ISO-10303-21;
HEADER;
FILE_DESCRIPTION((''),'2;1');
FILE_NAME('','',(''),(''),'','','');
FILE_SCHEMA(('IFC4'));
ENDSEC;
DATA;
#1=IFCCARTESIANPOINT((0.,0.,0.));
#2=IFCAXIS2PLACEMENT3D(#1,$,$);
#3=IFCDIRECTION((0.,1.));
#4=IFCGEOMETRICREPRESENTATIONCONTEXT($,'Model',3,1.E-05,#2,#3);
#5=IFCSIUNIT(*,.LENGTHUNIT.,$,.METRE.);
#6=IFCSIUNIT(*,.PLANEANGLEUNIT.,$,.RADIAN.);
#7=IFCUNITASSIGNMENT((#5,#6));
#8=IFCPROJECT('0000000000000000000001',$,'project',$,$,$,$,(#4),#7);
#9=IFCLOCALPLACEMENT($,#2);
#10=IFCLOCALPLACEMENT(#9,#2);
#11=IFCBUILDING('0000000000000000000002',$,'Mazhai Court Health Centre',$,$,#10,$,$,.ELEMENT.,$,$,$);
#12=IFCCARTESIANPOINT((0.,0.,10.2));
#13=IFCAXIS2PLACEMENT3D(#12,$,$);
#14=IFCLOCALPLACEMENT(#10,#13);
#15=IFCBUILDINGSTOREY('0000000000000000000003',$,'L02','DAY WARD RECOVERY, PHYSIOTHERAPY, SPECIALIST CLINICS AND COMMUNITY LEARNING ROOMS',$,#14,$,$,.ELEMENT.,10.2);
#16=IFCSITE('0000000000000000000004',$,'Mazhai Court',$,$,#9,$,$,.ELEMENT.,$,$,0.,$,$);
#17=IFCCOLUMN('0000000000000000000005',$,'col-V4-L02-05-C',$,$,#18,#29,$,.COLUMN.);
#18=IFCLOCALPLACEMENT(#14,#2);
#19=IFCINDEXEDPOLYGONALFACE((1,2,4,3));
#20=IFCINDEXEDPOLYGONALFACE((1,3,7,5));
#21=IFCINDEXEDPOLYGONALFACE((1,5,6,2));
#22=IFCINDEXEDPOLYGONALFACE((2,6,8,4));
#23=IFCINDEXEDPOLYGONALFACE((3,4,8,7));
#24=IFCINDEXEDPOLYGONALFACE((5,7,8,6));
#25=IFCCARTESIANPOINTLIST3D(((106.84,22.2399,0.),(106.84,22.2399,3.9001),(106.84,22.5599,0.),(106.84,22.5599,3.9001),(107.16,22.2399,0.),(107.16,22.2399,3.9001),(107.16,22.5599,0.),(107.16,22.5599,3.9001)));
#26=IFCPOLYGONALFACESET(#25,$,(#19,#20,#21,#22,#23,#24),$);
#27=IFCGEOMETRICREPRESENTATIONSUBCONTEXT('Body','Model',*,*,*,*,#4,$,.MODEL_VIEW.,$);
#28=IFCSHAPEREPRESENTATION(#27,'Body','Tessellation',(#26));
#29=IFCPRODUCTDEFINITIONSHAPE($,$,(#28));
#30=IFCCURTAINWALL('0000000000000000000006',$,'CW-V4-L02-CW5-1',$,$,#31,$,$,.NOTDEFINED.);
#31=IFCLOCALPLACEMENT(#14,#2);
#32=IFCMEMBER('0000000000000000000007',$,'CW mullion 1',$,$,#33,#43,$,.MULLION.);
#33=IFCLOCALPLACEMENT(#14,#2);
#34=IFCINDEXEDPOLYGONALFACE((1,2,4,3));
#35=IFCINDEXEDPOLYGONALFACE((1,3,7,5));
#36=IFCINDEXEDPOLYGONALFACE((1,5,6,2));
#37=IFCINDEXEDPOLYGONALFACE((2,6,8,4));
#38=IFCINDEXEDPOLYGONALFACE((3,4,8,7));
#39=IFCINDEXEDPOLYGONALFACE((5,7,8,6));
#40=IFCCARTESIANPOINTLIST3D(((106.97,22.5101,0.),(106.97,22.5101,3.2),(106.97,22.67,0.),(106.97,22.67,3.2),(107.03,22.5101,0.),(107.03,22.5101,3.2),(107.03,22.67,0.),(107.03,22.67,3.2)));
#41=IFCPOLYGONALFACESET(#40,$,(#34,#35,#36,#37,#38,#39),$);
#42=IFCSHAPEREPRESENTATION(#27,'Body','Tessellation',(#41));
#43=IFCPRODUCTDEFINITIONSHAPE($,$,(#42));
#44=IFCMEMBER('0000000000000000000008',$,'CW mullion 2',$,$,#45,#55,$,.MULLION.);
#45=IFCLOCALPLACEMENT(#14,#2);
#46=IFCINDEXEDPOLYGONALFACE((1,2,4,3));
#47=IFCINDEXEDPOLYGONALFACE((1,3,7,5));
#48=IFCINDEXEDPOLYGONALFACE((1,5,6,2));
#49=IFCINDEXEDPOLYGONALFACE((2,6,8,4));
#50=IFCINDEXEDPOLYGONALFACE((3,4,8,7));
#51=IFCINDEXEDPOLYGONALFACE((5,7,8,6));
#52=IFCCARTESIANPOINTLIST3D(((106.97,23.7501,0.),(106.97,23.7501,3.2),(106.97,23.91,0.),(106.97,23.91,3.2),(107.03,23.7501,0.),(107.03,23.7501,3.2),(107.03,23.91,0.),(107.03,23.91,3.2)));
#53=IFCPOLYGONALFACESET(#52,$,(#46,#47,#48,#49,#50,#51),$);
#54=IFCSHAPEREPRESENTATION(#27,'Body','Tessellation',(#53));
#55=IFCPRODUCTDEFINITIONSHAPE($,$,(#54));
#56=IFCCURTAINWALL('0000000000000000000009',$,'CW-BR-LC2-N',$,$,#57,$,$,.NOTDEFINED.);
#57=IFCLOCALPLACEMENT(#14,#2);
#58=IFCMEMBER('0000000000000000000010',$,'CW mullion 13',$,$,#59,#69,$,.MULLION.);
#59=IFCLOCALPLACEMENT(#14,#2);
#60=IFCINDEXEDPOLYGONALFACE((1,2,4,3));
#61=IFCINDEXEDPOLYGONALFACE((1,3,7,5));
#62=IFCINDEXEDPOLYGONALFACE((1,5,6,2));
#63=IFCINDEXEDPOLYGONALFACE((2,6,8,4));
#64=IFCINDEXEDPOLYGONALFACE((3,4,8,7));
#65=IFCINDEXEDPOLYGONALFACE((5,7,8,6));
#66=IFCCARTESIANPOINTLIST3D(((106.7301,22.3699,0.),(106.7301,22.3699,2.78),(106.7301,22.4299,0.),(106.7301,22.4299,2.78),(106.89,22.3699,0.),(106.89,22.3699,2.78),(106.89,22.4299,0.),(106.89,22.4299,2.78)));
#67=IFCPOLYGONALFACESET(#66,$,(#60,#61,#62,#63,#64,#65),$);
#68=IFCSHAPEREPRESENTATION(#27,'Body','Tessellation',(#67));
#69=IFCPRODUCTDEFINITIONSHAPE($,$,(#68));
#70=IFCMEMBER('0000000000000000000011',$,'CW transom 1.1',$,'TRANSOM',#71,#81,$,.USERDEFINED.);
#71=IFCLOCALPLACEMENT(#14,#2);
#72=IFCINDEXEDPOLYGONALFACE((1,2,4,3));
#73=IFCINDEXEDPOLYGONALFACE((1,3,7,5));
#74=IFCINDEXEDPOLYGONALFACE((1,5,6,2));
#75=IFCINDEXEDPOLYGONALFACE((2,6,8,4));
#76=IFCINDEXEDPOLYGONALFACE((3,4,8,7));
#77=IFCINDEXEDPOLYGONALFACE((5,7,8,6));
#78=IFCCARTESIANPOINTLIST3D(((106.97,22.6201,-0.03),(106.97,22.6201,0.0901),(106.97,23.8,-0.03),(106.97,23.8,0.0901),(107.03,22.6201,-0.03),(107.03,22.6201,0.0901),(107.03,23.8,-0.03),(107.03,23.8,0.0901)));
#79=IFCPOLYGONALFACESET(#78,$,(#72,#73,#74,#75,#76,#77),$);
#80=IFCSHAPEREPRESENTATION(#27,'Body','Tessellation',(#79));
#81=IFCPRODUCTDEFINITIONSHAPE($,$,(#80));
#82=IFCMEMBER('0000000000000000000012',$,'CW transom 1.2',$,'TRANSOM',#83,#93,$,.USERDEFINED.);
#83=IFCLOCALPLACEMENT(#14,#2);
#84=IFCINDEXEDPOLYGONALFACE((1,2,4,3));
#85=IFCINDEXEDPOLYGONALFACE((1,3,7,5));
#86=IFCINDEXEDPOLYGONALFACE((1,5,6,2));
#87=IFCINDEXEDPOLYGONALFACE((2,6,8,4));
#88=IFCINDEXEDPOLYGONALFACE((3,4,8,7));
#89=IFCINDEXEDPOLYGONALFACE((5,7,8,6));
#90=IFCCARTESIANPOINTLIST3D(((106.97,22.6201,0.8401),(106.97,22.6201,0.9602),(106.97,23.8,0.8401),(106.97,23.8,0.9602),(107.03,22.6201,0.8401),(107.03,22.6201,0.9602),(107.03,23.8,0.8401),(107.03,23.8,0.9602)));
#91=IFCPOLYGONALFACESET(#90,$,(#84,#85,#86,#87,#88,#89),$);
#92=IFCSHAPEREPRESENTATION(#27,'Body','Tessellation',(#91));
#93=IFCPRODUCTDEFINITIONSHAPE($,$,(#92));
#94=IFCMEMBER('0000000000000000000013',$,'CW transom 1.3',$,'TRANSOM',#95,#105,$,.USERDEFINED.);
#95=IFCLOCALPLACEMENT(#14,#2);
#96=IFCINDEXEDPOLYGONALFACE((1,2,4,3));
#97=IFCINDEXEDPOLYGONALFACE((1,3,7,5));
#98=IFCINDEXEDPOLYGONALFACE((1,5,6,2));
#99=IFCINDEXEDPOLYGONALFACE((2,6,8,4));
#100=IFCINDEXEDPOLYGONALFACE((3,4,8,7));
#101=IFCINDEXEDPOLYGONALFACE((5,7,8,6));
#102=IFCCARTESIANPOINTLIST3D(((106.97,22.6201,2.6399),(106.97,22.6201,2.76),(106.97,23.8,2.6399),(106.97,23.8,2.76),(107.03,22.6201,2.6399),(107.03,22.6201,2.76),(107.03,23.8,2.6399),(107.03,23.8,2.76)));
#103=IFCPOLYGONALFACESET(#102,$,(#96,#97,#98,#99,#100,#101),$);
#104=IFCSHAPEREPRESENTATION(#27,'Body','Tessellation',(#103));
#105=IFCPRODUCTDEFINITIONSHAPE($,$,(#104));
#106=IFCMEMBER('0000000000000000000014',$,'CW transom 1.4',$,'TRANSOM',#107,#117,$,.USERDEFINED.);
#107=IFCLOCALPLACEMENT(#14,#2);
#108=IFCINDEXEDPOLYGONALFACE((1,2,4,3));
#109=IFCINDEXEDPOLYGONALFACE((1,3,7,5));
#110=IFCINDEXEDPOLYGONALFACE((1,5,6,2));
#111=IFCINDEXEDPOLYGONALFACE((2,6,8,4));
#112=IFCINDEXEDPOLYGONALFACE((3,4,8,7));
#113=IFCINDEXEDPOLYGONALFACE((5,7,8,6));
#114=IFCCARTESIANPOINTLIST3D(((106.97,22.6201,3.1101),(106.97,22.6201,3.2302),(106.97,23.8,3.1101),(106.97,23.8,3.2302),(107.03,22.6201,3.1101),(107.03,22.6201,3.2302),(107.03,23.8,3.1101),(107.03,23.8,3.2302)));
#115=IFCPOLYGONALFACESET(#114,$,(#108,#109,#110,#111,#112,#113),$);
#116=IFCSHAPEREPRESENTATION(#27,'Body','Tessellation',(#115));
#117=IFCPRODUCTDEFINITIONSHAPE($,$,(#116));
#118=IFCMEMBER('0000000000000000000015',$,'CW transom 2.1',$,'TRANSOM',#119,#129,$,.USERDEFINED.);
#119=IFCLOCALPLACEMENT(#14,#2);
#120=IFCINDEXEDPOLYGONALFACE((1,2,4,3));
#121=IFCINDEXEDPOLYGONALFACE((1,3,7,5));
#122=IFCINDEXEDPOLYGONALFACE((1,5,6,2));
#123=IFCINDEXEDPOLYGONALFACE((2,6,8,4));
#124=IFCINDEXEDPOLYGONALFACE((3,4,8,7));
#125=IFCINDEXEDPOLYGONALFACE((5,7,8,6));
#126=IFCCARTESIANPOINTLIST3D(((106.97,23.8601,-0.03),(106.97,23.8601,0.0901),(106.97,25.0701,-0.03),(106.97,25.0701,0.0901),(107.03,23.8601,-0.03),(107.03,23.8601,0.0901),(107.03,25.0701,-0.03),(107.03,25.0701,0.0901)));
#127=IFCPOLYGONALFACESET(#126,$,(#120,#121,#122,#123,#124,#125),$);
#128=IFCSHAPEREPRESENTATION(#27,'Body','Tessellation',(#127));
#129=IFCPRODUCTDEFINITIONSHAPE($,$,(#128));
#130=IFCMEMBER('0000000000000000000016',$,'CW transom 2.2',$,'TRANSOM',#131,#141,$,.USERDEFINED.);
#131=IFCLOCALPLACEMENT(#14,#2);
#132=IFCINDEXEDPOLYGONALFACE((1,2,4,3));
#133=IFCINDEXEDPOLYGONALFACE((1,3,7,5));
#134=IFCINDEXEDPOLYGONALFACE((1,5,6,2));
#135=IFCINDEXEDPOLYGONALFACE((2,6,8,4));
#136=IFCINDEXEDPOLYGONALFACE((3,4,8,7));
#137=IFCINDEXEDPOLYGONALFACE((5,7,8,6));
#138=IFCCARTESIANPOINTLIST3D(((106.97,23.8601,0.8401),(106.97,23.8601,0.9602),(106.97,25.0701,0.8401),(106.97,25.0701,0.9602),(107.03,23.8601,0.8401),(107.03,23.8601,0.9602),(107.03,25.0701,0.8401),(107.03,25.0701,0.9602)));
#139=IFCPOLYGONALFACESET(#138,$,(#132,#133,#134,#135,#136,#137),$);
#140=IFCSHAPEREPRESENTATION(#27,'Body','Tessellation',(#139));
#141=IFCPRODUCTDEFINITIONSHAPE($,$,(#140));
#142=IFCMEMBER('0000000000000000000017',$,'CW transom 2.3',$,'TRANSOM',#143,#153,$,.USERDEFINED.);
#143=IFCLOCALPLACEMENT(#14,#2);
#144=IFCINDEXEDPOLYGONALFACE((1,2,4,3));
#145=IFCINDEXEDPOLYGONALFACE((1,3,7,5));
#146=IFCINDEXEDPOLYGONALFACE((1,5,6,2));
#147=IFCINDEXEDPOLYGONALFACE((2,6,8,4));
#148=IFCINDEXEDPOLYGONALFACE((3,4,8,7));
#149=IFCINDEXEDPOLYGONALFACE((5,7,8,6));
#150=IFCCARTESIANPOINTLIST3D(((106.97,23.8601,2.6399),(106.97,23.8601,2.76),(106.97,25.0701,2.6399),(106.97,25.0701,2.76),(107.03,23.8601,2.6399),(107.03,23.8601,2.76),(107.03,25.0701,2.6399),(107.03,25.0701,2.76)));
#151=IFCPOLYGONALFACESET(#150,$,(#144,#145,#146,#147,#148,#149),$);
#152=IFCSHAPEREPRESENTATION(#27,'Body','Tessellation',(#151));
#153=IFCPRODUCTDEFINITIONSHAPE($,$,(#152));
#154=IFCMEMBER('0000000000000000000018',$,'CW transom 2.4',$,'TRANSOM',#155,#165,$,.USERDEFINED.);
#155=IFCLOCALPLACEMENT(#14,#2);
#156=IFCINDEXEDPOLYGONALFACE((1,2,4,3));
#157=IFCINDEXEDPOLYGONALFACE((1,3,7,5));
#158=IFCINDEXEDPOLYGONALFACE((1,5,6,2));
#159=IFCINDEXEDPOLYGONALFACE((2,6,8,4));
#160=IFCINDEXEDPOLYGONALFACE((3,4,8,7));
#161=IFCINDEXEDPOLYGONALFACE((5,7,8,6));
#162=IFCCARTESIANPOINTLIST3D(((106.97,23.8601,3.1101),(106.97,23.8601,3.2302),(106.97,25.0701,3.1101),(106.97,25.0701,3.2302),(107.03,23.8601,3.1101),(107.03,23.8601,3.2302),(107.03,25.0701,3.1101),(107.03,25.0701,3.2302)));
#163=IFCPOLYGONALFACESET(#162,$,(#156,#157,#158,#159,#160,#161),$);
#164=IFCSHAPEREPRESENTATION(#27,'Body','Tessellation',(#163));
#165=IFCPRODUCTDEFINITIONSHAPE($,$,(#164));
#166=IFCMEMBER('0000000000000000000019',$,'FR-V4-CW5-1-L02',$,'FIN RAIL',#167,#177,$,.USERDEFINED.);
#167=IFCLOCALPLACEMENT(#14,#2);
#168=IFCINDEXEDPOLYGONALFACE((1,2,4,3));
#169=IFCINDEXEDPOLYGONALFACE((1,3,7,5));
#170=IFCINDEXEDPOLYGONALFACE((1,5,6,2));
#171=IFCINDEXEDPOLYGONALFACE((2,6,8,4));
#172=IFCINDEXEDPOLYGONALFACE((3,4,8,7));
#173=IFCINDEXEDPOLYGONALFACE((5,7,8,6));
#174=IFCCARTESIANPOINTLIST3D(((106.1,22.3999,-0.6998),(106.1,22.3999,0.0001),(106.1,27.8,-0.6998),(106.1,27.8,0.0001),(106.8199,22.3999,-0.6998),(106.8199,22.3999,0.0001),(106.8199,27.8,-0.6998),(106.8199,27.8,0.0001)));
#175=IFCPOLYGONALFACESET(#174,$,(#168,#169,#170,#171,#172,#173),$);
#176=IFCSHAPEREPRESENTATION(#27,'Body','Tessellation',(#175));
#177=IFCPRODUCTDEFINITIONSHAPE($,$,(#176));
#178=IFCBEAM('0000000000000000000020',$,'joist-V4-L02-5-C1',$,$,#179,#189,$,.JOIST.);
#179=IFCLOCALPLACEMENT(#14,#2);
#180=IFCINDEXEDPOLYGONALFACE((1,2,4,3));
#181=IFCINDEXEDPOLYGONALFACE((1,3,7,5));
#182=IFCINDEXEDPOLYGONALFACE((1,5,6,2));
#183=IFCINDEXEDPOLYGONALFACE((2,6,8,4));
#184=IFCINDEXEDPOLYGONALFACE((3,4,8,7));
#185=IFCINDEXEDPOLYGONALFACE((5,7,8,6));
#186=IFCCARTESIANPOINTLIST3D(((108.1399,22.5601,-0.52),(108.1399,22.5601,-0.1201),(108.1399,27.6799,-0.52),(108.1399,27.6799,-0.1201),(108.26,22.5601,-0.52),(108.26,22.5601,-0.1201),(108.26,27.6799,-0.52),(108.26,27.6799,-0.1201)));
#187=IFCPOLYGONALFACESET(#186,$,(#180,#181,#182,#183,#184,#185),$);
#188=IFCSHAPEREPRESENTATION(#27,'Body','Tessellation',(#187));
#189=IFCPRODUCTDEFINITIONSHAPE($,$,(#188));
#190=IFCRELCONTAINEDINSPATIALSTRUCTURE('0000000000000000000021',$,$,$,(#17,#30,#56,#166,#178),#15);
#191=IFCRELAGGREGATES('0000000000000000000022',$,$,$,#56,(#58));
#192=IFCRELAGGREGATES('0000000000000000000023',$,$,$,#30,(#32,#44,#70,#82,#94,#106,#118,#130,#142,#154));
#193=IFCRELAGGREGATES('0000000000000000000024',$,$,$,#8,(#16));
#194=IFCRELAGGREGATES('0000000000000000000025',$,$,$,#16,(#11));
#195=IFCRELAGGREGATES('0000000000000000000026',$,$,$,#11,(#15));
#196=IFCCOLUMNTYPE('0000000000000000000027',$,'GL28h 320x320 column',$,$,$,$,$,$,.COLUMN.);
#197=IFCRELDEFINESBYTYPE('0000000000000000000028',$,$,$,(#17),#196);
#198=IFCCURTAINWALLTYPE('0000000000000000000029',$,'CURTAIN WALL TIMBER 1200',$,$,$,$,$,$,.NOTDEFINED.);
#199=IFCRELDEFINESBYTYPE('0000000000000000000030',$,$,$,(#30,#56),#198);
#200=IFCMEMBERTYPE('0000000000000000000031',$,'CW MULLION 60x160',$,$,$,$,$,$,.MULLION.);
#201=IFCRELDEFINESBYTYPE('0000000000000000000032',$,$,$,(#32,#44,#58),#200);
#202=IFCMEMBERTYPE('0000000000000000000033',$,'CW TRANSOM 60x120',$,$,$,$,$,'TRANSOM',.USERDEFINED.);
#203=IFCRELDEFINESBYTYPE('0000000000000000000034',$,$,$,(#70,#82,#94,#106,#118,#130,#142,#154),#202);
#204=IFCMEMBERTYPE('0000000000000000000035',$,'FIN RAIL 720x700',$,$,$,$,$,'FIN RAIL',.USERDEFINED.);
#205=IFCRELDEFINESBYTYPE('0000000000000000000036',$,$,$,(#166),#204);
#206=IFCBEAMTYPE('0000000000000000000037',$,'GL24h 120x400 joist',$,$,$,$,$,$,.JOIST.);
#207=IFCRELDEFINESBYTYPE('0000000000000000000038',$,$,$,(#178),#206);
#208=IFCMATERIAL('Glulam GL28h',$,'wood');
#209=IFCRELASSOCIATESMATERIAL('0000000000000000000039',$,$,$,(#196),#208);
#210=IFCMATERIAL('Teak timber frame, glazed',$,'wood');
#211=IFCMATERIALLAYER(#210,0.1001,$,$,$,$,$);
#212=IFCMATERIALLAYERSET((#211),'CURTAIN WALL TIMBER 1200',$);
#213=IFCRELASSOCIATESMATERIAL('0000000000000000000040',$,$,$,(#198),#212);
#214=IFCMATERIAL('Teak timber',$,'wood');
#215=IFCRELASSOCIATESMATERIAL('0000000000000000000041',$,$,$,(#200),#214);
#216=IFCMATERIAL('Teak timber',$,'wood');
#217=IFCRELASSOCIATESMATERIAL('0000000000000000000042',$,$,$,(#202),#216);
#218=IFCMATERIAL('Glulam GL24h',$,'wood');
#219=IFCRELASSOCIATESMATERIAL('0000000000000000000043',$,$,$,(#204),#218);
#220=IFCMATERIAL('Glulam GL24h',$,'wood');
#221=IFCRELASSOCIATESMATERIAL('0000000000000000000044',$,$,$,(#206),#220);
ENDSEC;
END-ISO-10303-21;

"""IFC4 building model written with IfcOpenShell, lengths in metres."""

from ifc_helpers import new_model, si_unit, direction, frame, origin, origin_2d, place, context, subcontext, project, spatial, rectangle, extrude, material, layer, layer_set, material_profile, profile_set, type_object, element, aggregate, save


model = new_model("IFC4")

# Units and contexts
model_context = context("Model", 3, precision=1e-05, world=origin(), true_north=direction((0.0, 1.0)))
body_context = subcontext(model_context, "Body", "Model", "MODEL_VIEW")
ifc_project = project(units=[si_unit("LENGTHUNIT", "METRE"), si_unit("PLANEANGLEUNIT", "RADIAN")], contexts=[model_context])

# Site, building, storey
site_placement = place(None, origin())
site = spatial("IfcSite", under=ifc_project, at=site_placement, Name="Mazhai Court", CompositionType="ELEMENT", RefElevation=0.0)
building_placement = place(site_placement, origin())
building = spatial("IfcBuilding", under=site, at=building_placement, Name="Mazhai Court Health Centre", CompositionType="ELEMENT")
storey_placement = place(building_placement, frame((0.0, 0.0, 10.2)))
storey = spatial("IfcBuildingStorey", under=building, at=storey_placement, Name="L02", Description="DAY WARD RECOVERY, PHYSIOTHERAPY, SPECIALIST CLINICS AND COMMUNITY LEARNING ROOMS", CompositionType="ELEMENT", Elevation=10.2)

# Column
ifc_material_1 = material(Name="Glulam GL28h", Category="wood")
ifc_material_profile_1 = material_profile(ifc_material_1, rectangle(XDim=0.3201, YDim=0.3201, at=origin_2d()), Name="GL28h 320x320")
ifc_profile_set_1 = profile_set([ifc_material_profile_1], Name="Glulam GL28h")
column_type = type_object("IfcColumnType", Name="GL28h 320x320 column", PredefinedType="COLUMN", material=ifc_profile_set_1)
column_placement = place(storey_placement, frame((107.0, 22.3999, 0.0), z_axis=(0.0, 0.0, 1.0), x_axis=(1.0, 0.0, 0.0)))
element("IfcColumn", 1, at=column_placement, inside=storey, type_object=column_type, Name="col-V4-L02-05-C", PredefinedType="COLUMN", context=body_context, shape_type="SweptSolid", body=[
    extrude(rectangle(XDim=0.3201, YDim=0.3201, at=origin_2d()), origin(), (0.0, 0.0, 1.0), 3.9001),
])

# Curtain wall, members
ifc_material_2 = material(Name="Teak timber frame, glazed", Category="wood")
ifc_layer_1 = layer(ifc_material_2, 0.1001)
ifc_layer_set_1 = layer_set([ifc_layer_1], Name="CURTAIN WALL TIMBER 1200")
curtain_wall_type = type_object("IfcCurtainWallType", Name="CURTAIN WALL TIMBER 1200", PredefinedType="NOTDEFINED", material=ifc_layer_set_1)
curtain_wall_1_placement = place(storey_placement, origin())
curtain_wall_1 = element("IfcCurtainWall", 2, at=curtain_wall_1_placement, inside=storey, type_object=curtain_wall_type, Name="CW-V4-L02-CW5-1", PredefinedType="NOTDEFINED")
ifc_material_3 = material(Name="Teak timber", Category="wood")
ifc_material_profile_2 = material_profile(ifc_material_3, rectangle(XDim=0.0601, YDim=0.1599, at=origin_2d()), Name="CW MULLION 60x160")
ifc_profile_set_2 = profile_set([ifc_material_profile_2], Name="Teak timber")
member_type_1 = type_object("IfcMemberType", Name="CW MULLION 60x160", PredefinedType="MULLION", material=ifc_profile_set_2)
member_1_placement = place(storey_placement, frame((107.0, 22.5901, 0.0), z_axis=(0.0, 0.0, 1.0), x_axis=(-1.0, 0.0, 0.0)))
member_1 = element("IfcMember", 3, at=member_1_placement, type_object=member_type_1, Name="CW mullion 1", PredefinedType="MULLION", context=body_context, shape_type="SweptSolid", body=[
    extrude(rectangle(XDim=0.0601, YDim=0.1599, at=origin_2d()), origin(), (0.0, 0.0, 1.0), 3.2),
])
member_2_placement = place(storey_placement, frame((107.0, 23.8301, 0.0), z_axis=(0.0, 0.0, 1.0), x_axis=(-1.0, 0.0, 0.0)))
member_2 = element("IfcMember", 4, at=member_2_placement, type_object=member_type_1, Name="CW mullion 2", PredefinedType="MULLION", context=body_context, shape_type="SweptSolid", body=[
    extrude(rectangle(XDim=0.0601, YDim=0.1599, at=origin_2d()), origin(), (0.0, 0.0, 1.0), 3.2),
])

# Curtain wall, member
curtain_wall_2_placement = place(storey_placement, origin())
curtain_wall_2 = element("IfcCurtainWall", 5, at=curtain_wall_2_placement, inside=storey, type_object=curtain_wall_type, Name="CW-BR-LC2-N", PredefinedType="NOTDEFINED")
member_3_placement = place(storey_placement, frame((106.8101, 22.3999, 0.0), z_axis=(0.0, 0.0, 1.0), x_axis=(0.0, 1.0, 0.0)))
member_3 = element("IfcMember", 6, at=member_3_placement, type_object=member_type_1, Name="CW mullion 13", PredefinedType="MULLION", context=body_context, shape_type="SweptSolid", body=[
    extrude(rectangle(XDim=0.0601, YDim=0.1599, at=origin_2d()), origin(), (0.0, 0.0, 1.0), 2.78),
])
aggregate(curtain_wall_2, [member_3])

# Members
ifc_material_4 = material(Name="Teak timber", Category="wood")
ifc_material_profile_3 = material_profile(ifc_material_4, rectangle(XDim=0.0601, YDim=0.1201, at=origin_2d()), Name="CW TRANSOM 60x120")
ifc_profile_set_3 = profile_set([ifc_material_profile_3], Name="Teak timber")
member_type_2 = type_object("IfcMemberType", Name="CW TRANSOM 60x120", ElementType="TRANSOM", PredefinedType="USERDEFINED", material=ifc_profile_set_3)
member_4_placement = place(storey_placement, frame((107.0, 22.6201, 0.03), z_axis=(0.0, 1.0, 0.0), x_axis=(-1.0, 0.0, 0.0)))
member_4 = element("IfcMember", 7, at=member_4_placement, type_object=member_type_2, Name="CW transom 1.1", ObjectType="TRANSOM", PredefinedType="USERDEFINED", context=body_context, shape_type="SweptSolid", body=[
    extrude(rectangle(XDim=0.0601, YDim=0.1201, at=origin_2d()), origin(), (0.0, 0.0, 1.0), 1.1799),
])
member_5_placement = place(storey_placement, frame((107.0, 22.6201, 0.9001), z_axis=(0.0, 1.0, 0.0), x_axis=(-1.0, 0.0, 0.0)))
member_5 = element("IfcMember", 8, at=member_5_placement, type_object=member_type_2, Name="CW transom 1.2", ObjectType="TRANSOM", PredefinedType="USERDEFINED", context=body_context, shape_type="SweptSolid", body=[
    extrude(rectangle(XDim=0.0601, YDim=0.1201, at=origin_2d()), origin(), (0.0, 0.0, 1.0), 1.1799),
])
member_6_placement = place(storey_placement, frame((107.0, 22.6201, 2.7), z_axis=(0.0, 1.0, 0.0), x_axis=(-1.0, 0.0, 0.0)))
member_6 = element("IfcMember", 9, at=member_6_placement, type_object=member_type_2, Name="CW transom 1.3", ObjectType="TRANSOM", PredefinedType="USERDEFINED", context=body_context, shape_type="SweptSolid", body=[
    extrude(rectangle(XDim=0.0601, YDim=0.1201, at=origin_2d()), origin(), (0.0, 0.0, 1.0), 1.1799),
])
member_7_placement = place(storey_placement, frame((107.0, 22.6201, 3.1702), z_axis=(0.0, 1.0, 0.0), x_axis=(-1.0, 0.0, 0.0)))
member_7 = element("IfcMember", 10, at=member_7_placement, type_object=member_type_2, Name="CW transom 1.4", ObjectType="TRANSOM", PredefinedType="USERDEFINED", context=body_context, shape_type="SweptSolid", body=[
    extrude(rectangle(XDim=0.0601, YDim=0.1201, at=origin_2d()), origin(), (0.0, 0.0, 1.0), 1.1799),
])
member_8_placement = place(storey_placement, frame((107.0, 23.8601, 0.03), z_axis=(0.0, 1.0, 0.0), x_axis=(-1.0, 0.0, 0.0)))
member_8 = element("IfcMember", 11, at=member_8_placement, type_object=member_type_2, Name="CW transom 2.1", ObjectType="TRANSOM", PredefinedType="USERDEFINED", context=body_context, shape_type="SweptSolid", body=[
    extrude(rectangle(XDim=0.0601, YDim=0.1201, at=origin_2d()), origin(), (0.0, 0.0, 1.0), 1.21),
])
member_9_placement = place(storey_placement, frame((107.0, 23.8601, 0.9001), z_axis=(0.0, 1.0, 0.0), x_axis=(-1.0, 0.0, 0.0)))
member_9 = element("IfcMember", 12, at=member_9_placement, type_object=member_type_2, Name="CW transom 2.2", ObjectType="TRANSOM", PredefinedType="USERDEFINED", context=body_context, shape_type="SweptSolid", body=[
    extrude(rectangle(XDim=0.0601, YDim=0.1201, at=origin_2d()), origin(), (0.0, 0.0, 1.0), 1.21),
])
member_10_placement = place(storey_placement, frame((107.0, 23.8601, 2.7), z_axis=(0.0, 1.0, 0.0), x_axis=(-1.0, 0.0, 0.0)))
member_10 = element("IfcMember", 13, at=member_10_placement, type_object=member_type_2, Name="CW transom 2.3", ObjectType="TRANSOM", PredefinedType="USERDEFINED", context=body_context, shape_type="SweptSolid", body=[
    extrude(rectangle(XDim=0.0601, YDim=0.1201, at=origin_2d()), origin(), (0.0, 0.0, 1.0), 1.21),
])
member_11_placement = place(storey_placement, frame((107.0, 23.8601, 3.1702), z_axis=(0.0, 1.0, 0.0), x_axis=(-1.0, 0.0, 0.0)))
member_11 = element("IfcMember", 14, at=member_11_placement, type_object=member_type_2, Name="CW transom 2.4", ObjectType="TRANSOM", PredefinedType="USERDEFINED", context=body_context, shape_type="SweptSolid", body=[
    extrude(rectangle(XDim=0.0601, YDim=0.1201, at=origin_2d()), origin(), (0.0, 0.0, 1.0), 1.21),
])
ifc_material_5 = material(Name="Glulam GL24h", Category="wood")
ifc_material_profile_4 = material_profile(ifc_material_5, rectangle(XDim=0.72, YDim=0.7, at=origin_2d()), Name="FIN RAIL 720x700")
ifc_profile_set_4 = profile_set([ifc_material_profile_4], Name="Glulam GL24h")
member_type_3 = type_object("IfcMemberType", Name="FIN RAIL 720x700", ElementType="FIN RAIL", PredefinedType="USERDEFINED", material=ifc_profile_set_4)
member_12_placement = place(storey_placement, frame((106.46, 22.3999, -0.3499), z_axis=(0.0, 1.0, 0.0), x_axis=(-1.0, 0.0, 0.0)))
element("IfcMember", 15, at=member_12_placement, inside=storey, type_object=member_type_3, Name="FR-V4-CW5-1-L02", ObjectType="FIN RAIL", PredefinedType="USERDEFINED", context=body_context, shape_type="SweptSolid", body=[
    extrude(rectangle(XDim=0.72, YDim=0.7, at=origin_2d()), origin(), (0.0, 0.0, 1.0), 5.4001),
])

# Beam
ifc_material_6 = material(Name="Glulam GL24h", Category="wood")
ifc_material_profile_5 = material_profile(ifc_material_6, rectangle(XDim=0.1201, YDim=0.3999, at=origin_2d()), Name="GL24h 120x400")
ifc_profile_set_5 = profile_set([ifc_material_profile_5], Name="Glulam GL24h")
beam_type_1 = type_object("IfcBeamType", Name="GL24h 120x400 joist", PredefinedType="JOIST", material=ifc_profile_set_5)
for number, where, z_axis, x_axis, name in (
    (16, (108.2, 22.5601, -0.3201), (0.0, 1.0, 0.0), (-1.0, 0.0, 0.0), "joist-V4-L02-5-C1"),
):
    element("IfcBeam", number, at=place(storey_placement, frame(where, z_axis=z_axis, x_axis=x_axis)), inside=storey, type_object=beam_type_1, Name=name, PredefinedType="JOIST", context=body_context, shape_type="SweptSolid", body=[
        extrude(rectangle(XDim=0.1201, YDim=0.3999, at=origin_2d()), origin(), (0.0, 0.0, 1.0), 5.1199),
    ])

aggregate(curtain_wall_1, [member_1, member_2, member_4, member_5, member_6, member_7, member_8, member_9, member_10, member_11])

save(model, "model.ifc")
